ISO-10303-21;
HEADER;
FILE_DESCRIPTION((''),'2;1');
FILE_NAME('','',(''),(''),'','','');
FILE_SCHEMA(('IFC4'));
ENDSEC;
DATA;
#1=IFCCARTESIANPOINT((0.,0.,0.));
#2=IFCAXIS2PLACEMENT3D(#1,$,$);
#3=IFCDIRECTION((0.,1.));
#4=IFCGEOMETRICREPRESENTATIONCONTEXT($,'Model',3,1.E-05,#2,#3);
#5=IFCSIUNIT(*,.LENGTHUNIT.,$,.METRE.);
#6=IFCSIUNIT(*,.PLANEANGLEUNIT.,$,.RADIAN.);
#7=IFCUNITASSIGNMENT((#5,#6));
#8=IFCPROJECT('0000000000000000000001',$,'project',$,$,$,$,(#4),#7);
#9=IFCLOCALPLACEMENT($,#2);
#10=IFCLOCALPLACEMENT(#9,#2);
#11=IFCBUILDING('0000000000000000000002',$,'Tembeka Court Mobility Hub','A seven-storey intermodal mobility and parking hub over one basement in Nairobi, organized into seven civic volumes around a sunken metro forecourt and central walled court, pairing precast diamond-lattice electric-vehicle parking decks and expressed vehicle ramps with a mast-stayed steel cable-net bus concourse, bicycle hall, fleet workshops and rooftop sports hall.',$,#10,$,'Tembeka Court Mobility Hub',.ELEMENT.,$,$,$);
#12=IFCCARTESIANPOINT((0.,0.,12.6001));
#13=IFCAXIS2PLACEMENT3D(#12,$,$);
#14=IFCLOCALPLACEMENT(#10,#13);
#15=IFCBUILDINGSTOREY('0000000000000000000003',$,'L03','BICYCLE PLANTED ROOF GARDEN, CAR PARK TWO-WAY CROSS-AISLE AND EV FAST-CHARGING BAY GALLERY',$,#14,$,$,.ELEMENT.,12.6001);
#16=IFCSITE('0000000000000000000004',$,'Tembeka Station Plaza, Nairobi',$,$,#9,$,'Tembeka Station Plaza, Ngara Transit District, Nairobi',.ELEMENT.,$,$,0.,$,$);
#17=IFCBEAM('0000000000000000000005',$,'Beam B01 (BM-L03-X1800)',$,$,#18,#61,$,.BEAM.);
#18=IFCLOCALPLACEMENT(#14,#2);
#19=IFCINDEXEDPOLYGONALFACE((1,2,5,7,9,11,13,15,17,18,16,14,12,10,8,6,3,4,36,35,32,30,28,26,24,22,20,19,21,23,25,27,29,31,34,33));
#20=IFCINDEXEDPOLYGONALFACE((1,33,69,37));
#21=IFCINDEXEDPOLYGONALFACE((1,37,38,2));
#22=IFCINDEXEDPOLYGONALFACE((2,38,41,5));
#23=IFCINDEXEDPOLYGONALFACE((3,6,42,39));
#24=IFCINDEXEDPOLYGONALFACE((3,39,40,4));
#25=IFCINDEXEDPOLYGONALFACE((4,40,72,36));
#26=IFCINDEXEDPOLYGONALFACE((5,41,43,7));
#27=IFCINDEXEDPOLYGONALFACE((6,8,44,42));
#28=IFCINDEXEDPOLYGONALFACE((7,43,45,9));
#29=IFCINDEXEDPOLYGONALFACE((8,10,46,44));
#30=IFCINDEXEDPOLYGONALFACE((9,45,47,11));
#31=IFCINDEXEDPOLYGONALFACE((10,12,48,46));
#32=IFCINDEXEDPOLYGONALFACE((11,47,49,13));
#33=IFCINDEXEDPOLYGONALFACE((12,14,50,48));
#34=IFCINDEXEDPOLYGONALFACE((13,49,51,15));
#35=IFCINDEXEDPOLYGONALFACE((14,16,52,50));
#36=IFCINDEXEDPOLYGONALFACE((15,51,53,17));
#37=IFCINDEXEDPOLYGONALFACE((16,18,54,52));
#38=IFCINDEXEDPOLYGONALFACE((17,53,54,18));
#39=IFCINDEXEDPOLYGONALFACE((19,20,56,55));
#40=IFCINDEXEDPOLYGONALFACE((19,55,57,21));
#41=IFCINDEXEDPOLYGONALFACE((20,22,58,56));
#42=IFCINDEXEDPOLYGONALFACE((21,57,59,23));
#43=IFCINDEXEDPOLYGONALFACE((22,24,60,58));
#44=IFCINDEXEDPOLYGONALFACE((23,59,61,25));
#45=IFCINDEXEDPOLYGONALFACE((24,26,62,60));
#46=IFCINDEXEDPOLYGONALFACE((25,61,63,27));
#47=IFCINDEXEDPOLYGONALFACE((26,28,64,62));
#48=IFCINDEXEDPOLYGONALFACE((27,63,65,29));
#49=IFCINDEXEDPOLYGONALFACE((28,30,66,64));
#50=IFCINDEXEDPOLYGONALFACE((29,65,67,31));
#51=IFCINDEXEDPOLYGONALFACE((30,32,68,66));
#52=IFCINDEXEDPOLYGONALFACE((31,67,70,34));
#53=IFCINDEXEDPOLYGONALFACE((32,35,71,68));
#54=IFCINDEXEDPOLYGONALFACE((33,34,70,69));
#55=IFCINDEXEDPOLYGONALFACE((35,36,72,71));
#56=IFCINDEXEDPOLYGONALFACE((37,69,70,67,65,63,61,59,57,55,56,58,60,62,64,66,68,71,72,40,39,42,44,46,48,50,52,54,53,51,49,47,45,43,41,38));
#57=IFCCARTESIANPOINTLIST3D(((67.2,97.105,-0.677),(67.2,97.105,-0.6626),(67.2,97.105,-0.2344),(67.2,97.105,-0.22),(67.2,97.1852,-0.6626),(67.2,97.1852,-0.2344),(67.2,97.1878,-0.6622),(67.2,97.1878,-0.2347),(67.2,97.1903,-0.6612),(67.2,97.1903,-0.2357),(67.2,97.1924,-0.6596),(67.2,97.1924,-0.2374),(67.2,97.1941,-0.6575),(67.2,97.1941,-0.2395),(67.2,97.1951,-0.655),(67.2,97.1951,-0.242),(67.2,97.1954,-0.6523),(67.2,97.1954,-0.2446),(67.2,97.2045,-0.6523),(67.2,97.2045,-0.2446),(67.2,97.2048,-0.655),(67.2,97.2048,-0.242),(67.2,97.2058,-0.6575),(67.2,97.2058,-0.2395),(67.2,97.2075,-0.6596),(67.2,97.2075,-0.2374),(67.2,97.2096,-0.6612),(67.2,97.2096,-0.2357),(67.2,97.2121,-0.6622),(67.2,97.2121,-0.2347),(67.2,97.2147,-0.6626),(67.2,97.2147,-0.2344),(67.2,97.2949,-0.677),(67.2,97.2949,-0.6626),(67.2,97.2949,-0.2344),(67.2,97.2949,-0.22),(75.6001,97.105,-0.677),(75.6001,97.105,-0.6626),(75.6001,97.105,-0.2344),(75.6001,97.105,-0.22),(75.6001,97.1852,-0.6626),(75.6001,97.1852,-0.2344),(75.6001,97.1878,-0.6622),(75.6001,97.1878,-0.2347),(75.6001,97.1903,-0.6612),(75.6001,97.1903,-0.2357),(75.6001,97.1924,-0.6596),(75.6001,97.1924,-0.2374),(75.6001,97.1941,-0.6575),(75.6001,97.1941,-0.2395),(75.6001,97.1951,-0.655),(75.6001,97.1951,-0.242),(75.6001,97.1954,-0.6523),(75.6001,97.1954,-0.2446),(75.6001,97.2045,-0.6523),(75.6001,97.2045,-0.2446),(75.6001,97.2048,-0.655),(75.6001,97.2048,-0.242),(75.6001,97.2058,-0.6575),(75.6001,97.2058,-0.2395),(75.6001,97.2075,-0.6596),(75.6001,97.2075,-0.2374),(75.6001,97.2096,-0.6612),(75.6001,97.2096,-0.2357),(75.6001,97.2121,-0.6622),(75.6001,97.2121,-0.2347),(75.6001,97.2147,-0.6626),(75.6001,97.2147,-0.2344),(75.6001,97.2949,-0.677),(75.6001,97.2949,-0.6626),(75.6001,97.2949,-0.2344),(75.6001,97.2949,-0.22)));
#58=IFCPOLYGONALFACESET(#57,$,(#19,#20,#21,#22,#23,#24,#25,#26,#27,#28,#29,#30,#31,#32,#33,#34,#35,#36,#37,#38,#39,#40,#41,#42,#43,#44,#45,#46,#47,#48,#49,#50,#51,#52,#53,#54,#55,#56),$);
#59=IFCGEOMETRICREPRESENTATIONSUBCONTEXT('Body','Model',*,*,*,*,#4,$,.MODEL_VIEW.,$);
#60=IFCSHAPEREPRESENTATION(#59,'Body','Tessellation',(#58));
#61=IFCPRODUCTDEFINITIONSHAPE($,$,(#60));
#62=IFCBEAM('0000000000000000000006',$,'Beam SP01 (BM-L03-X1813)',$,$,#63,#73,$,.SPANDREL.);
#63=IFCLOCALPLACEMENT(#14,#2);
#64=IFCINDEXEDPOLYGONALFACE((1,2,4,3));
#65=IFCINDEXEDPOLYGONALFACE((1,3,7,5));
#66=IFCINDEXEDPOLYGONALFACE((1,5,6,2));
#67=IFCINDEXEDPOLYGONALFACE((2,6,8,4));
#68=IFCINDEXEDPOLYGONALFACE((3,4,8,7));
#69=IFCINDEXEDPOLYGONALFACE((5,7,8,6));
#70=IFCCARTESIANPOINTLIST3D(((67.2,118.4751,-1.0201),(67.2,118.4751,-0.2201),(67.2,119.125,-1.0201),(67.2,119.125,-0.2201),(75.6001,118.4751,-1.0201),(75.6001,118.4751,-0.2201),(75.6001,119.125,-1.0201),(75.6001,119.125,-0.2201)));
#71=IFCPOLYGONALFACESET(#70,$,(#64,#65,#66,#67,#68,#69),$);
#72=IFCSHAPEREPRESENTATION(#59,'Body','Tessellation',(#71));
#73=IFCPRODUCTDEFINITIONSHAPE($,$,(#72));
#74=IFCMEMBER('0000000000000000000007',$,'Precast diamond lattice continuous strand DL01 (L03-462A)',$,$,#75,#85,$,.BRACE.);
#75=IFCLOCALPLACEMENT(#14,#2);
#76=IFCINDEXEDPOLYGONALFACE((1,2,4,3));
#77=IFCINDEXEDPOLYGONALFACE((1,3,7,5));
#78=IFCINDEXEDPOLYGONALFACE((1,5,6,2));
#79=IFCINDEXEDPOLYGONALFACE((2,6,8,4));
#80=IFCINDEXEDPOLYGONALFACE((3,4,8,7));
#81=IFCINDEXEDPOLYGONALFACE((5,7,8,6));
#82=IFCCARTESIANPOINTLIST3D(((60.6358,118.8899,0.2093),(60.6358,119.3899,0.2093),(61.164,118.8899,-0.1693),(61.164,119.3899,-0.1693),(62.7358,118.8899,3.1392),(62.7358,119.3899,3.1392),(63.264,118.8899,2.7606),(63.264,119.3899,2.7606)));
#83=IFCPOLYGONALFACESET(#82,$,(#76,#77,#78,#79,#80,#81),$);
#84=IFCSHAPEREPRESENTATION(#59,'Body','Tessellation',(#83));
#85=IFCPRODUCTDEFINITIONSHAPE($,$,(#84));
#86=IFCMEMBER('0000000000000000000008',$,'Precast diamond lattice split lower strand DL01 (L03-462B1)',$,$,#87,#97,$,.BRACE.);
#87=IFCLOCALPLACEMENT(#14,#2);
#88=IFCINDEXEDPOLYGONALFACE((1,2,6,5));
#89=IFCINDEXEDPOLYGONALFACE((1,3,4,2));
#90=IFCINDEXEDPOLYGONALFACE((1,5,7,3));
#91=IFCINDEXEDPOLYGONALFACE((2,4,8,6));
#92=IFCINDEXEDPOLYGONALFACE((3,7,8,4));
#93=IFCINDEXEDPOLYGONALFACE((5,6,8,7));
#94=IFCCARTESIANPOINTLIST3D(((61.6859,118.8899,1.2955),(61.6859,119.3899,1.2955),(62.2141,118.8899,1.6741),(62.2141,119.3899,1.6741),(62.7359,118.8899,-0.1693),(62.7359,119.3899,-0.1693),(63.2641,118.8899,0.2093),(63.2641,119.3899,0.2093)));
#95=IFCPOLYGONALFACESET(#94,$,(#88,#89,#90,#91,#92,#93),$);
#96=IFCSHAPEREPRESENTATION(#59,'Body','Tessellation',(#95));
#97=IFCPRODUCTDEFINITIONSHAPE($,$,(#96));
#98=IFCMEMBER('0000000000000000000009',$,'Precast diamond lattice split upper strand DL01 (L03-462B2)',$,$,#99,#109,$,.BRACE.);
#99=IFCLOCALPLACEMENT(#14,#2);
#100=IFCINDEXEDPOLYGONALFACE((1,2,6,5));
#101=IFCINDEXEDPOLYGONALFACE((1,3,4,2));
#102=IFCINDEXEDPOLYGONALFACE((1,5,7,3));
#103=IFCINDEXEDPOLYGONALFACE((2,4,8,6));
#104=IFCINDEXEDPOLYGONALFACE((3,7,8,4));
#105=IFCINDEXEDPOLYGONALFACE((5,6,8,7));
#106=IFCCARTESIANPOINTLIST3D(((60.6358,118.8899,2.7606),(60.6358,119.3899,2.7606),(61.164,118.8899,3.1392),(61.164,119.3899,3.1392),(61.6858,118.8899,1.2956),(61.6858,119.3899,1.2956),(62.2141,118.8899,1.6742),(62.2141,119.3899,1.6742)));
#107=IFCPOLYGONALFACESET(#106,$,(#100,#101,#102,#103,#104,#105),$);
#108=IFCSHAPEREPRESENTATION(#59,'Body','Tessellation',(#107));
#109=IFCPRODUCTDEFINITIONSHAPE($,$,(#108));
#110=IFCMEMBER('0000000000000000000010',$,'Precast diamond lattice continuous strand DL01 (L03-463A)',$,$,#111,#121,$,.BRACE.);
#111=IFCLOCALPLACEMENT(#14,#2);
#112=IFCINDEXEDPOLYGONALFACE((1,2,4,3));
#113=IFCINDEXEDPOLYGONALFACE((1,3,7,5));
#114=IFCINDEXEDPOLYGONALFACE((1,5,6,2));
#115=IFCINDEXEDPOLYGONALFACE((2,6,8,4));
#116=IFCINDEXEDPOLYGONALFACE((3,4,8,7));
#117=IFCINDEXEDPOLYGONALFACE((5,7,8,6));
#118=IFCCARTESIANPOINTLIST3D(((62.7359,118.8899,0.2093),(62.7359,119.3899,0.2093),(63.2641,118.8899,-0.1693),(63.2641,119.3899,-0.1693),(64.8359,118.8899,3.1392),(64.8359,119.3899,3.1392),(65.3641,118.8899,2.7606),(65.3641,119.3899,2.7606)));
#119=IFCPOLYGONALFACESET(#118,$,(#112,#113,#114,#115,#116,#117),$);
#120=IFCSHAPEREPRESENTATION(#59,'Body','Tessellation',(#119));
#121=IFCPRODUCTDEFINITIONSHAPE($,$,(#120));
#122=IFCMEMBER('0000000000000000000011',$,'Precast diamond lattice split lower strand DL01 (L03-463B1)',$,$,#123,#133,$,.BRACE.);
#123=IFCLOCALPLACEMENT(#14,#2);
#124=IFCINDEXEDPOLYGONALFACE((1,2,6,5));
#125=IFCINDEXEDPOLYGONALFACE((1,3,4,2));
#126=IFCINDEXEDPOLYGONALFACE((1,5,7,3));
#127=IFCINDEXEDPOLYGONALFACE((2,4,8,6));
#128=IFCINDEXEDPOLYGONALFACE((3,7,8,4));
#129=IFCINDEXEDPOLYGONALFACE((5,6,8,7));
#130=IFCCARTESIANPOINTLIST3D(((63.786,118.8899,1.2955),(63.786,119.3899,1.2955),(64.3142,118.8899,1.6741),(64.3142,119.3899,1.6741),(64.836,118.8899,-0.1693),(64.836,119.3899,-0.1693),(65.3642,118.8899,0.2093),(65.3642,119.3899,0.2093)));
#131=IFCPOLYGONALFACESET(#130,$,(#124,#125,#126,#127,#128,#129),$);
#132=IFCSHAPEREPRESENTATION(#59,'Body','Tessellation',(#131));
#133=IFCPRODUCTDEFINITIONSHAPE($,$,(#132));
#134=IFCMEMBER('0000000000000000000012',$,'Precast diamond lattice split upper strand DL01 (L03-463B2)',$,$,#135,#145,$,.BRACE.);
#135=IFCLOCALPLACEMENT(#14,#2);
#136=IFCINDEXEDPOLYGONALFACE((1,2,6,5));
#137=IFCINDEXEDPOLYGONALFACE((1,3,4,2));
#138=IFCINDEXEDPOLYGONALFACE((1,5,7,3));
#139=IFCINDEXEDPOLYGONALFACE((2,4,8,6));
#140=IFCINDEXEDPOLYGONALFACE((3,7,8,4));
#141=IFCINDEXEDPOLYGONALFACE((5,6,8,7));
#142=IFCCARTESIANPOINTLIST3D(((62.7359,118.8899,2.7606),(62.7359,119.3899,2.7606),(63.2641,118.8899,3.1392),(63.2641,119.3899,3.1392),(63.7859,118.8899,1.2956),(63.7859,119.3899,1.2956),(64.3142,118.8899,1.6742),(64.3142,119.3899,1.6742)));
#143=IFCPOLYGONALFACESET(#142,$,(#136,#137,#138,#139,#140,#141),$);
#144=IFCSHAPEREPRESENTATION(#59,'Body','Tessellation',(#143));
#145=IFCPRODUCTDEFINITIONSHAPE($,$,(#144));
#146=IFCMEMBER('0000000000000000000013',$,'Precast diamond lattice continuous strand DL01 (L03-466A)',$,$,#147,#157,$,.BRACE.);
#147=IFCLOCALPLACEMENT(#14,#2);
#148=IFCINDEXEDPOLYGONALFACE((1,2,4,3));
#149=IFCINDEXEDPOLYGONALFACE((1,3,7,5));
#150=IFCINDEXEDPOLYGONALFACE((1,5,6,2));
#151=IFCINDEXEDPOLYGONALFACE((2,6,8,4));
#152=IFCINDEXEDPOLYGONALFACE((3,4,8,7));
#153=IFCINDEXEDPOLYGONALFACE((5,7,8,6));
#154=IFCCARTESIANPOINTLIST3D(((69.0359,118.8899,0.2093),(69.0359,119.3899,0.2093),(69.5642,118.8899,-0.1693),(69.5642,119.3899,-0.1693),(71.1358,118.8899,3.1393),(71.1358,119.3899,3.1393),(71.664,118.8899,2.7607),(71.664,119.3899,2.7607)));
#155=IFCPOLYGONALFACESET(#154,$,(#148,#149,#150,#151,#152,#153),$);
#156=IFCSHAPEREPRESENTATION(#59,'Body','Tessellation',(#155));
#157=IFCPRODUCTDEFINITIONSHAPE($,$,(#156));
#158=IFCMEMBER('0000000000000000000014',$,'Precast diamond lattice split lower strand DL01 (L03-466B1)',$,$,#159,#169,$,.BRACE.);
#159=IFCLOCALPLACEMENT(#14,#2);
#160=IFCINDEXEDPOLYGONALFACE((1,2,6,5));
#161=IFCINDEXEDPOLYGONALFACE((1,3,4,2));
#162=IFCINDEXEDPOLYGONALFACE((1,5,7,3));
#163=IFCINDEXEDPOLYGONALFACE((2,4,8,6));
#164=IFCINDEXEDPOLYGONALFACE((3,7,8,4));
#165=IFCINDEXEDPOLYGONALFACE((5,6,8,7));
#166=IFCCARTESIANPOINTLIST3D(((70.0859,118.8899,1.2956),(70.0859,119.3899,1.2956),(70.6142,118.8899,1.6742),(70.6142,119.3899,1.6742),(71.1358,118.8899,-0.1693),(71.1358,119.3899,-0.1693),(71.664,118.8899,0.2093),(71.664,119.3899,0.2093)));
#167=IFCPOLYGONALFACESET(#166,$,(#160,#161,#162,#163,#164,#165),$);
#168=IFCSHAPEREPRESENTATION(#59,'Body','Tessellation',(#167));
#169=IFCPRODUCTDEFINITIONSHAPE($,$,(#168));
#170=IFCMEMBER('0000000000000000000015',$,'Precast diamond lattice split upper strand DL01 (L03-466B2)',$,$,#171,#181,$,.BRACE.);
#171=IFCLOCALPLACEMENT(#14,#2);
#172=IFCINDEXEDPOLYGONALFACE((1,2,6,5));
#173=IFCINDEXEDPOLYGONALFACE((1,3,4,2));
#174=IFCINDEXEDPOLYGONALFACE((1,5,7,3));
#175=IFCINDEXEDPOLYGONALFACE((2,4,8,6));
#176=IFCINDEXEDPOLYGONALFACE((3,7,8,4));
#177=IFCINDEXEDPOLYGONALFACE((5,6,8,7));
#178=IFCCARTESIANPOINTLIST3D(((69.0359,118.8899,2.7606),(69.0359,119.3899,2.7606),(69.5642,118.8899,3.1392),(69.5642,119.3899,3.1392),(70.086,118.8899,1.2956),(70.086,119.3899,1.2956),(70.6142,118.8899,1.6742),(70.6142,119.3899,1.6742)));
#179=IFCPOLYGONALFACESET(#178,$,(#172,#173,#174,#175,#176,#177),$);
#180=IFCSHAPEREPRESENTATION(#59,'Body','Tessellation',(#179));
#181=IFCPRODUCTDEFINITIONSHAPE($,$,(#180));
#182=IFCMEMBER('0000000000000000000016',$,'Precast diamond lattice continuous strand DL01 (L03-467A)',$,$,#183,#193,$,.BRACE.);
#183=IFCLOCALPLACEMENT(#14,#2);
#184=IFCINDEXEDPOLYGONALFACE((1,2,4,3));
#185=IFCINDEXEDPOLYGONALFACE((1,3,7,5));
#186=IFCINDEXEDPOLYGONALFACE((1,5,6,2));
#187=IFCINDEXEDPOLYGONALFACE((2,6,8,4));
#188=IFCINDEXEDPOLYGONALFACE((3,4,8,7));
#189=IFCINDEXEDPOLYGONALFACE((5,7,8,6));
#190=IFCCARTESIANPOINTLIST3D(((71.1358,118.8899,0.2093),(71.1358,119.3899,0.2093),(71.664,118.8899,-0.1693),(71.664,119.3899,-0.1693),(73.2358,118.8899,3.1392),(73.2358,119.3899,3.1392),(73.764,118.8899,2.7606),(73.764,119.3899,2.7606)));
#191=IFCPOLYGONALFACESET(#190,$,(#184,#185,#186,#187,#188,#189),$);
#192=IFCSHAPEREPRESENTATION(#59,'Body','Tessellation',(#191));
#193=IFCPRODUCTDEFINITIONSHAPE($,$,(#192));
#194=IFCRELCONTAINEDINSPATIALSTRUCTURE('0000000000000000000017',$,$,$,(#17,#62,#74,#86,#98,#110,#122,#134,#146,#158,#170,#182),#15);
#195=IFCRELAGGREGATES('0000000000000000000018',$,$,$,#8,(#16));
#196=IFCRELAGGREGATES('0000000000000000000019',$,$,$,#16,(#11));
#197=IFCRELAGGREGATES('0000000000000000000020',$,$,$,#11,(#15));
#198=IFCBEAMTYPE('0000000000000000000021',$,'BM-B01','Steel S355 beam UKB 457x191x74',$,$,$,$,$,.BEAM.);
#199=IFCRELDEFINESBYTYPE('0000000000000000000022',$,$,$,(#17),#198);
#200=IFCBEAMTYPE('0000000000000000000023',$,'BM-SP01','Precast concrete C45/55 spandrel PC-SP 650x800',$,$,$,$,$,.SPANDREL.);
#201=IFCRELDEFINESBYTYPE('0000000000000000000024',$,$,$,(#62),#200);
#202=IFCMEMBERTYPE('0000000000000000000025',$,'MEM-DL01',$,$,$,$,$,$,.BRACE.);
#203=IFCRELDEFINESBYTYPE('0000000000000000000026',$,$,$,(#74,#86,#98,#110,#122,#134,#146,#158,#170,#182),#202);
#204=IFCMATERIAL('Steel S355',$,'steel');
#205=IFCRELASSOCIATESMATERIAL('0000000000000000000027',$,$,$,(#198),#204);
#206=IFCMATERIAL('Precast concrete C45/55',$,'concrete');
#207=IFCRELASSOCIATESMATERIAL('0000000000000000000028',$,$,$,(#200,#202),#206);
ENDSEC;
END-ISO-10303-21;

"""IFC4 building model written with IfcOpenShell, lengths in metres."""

from ifc_helpers import new_model, si_unit, direction, frame, origin, origin_2d, place, context, subcontext, project, spatial, rectangle, i_section, extrude, material, material_profile, profile_set, type_object, element, save


model = new_model("IFC4")

# Units and contexts
model_context = context("Model", 3, precision=1e-05, world=origin(), true_north=direction((0.0, 1.0)))
body_context = subcontext(model_context, "Body", "Model", "MODEL_VIEW")
ifc_project = project(units=[si_unit("LENGTHUNIT", "METRE"), si_unit("PLANEANGLEUNIT", "RADIAN")], contexts=[model_context])

# Site, building, storey
site_placement = place(None, origin())
site = spatial("IfcSite", under=ifc_project, at=site_placement, Name="Tembeka Station Plaza, Nairobi", LongName="Tembeka Station Plaza, Ngara Transit District, Nairobi", CompositionType="ELEMENT", RefElevation=0.0)
building_placement = place(site_placement, origin())
building = spatial("IfcBuilding", under=site, at=building_placement, Name="Tembeka Court Mobility Hub", Description="A seven-storey intermodal mobility and parking hub over one basement in Nairobi, organized into seven civic volumes around a sunken metro forecourt and central walled court, pairing precast diamond-lattice electric-vehicle parking decks and expressed vehicle ramps with a mast-stayed steel cable-net bus concourse, bicycle hall, fleet workshops and rooftop sports hall.", LongName="Tembeka Court Mobility Hub", CompositionType="ELEMENT")
storey_placement = place(building_placement, frame((0.0, 0.0, 12.6001)))
storey = spatial("IfcBuildingStorey", under=building, at=storey_placement, Name="L03", Description="BICYCLE PLANTED ROOF GARDEN, CAR PARK TWO-WAY CROSS-AISLE AND EV FAST-CHARGING BAY GALLERY", CompositionType="ELEMENT", Elevation=12.6001)

# Shared definitions
ifc_material_1 = material(Name="Steel S355", Category="steel")

# Beams
ifc_material_profile_1 = material_profile(ifc_material_1, i_section(OverallWidth=0.1899, OverallDepth=0.457, WebThickness=0.009, FlangeThickness=0.0144, FilletRadius=0.0103, at=origin_2d()), Name="UKB 457x191x74")
ifc_profile_set_1 = profile_set([ifc_material_profile_1], Name="Steel S355")
beam_type_1 = type_object("IfcBeamType", Name="BM-B01", Description="Steel S355 beam UKB 457x191x74", PredefinedType="BEAM", material=ifc_profile_set_1)
beam_1_placement = place(storey_placement, frame((67.2, 97.2, -0.4485), z_axis=(1.0, 0.0, 0.0), x_axis=(0.0, 1.0, 0.0)))
element("IfcBeam", 1, at=beam_1_placement, inside=storey, type_object=beam_type_1, Name="Beam B01 (BM-L03-X1800)", PredefinedType="BEAM", context=body_context, shape_type="SweptSolid", body=[
    extrude(i_section(OverallWidth=0.1899, OverallDepth=0.457, WebThickness=0.009, FlangeThickness=0.0144, FilletRadius=0.0103, at=origin_2d()), origin(), (0.0, 0.0, 1.0), 8.4001),
])
ifc_material_2 = material(Name="Precast concrete C45/55", Category="concrete")
ifc_material_profile_2 = material_profile(ifc_material_2, rectangle(XDim=0.6499, YDim=0.8, at=origin_2d()), Name="PC-SP 650x800")
ifc_profile_set_2 = profile_set([ifc_material_profile_2], Name="Precast concrete C45/55")
beam_type_2 = type_object("IfcBeamType", Name="BM-SP01", Description="Precast concrete C45/55 spandrel PC-SP 650x800", PredefinedType="SPANDREL", material=ifc_profile_set_2)
beam_2_placement = place(storey_placement, frame((67.2, 118.8, -0.6201), z_axis=(1.0, 0.0, 0.0), x_axis=(0.0, 1.0, 0.0)))
element("IfcBeam", 2, at=beam_2_placement, inside=storey, type_object=beam_type_2, Name="Beam SP01 (BM-L03-X1813)", PredefinedType="SPANDREL", context=body_context, shape_type="SweptSolid", body=[
    extrude(rectangle(XDim=0.6499, YDim=0.8, at=origin_2d()), origin(), (0.0, 0.0, 1.0), 8.4001),
])

# Members
ifc_material_profile_3 = material_profile(ifc_material_2, rectangle(XDim=0.5, YDim=0.6499, at=origin_2d()), Name="PC-DIAG 500x650")
ifc_profile_set_3 = profile_set([ifc_material_profile_3], Name="Precast concrete C45/55")
member_type_1 = type_object("IfcMemberType", Name="MEM-DL01", PredefinedType="BRACE", material=ifc_profile_set_3)
member_1_placement = place(storey_placement, frame((60.8999, 119.1399, 0.02), z_axis=(0.582576, 0.0, 0.812776), x_axis=(0.0, 1.0, 0.0)))
element("IfcMember", 3, at=member_1_placement, inside=storey, type_object=member_type_1, Name="Precast diamond lattice continuous strand DL01 (L03-462A)", PredefinedType="BRACE", context=body_context, shape_type="SweptSolid", body=[
    extrude(rectangle(XDim=0.5, YDim=0.6499, at=origin_2d()), origin(), (0.0, 0.0, 1.0), 3.6047),
])
member_2_placement = place(storey_placement, frame((63.0, 119.1399, 0.02), z_axis=(-0.582608, 0.0, 0.812753), x_axis=(0.0, -1.0, 0.0)))
element("IfcMember", 4, at=member_2_placement, inside=storey, type_object=member_type_1, Name="Precast diamond lattice split lower strand DL01 (L03-462B1)", PredefinedType="BRACE", context=body_context, shape_type="SweptSolid", body=[
    extrude(rectangle(XDim=0.5, YDim=0.6499, at=origin_2d()), origin(), (0.0, 0.0, 1.0), 1.8022),
])
member_3_placement = place(storey_placement, frame((61.95, 119.1399, 1.4849), z_axis=(-0.582544, 0.0, 0.812799), x_axis=(0.0, -1.0, 0.0)))
element("IfcMember", 5, at=member_3_placement, inside=storey, type_object=member_type_1, Name="Precast diamond lattice split upper strand DL01 (L03-462B2)", PredefinedType="BRACE", context=body_context, shape_type="SweptSolid", body=[
    extrude(rectangle(XDim=0.5, YDim=0.6499, at=origin_2d()), origin(), (0.0, 0.0, 1.0), 1.8025),
])
member_4_placement = place(storey_placement, frame((63.0, 119.1399, 0.02), z_axis=(0.582576, 0.0, 0.812776), x_axis=(0.0, 1.0, 0.0)))
element("IfcMember", 6, at=member_4_placement, inside=storey, type_object=member_type_1, Name="Precast diamond lattice continuous strand DL01 (L03-463A)", PredefinedType="BRACE", context=body_context, shape_type="SweptSolid", body=[
    extrude(rectangle(XDim=0.5, YDim=0.6499, at=origin_2d()), origin(), (0.0, 0.0, 1.0), 3.6047),
])
member_5_placement = place(storey_placement, frame((65.1001, 119.1399, 0.02), z_axis=(-0.582608, 0.0, 0.812753), x_axis=(0.0, -1.0, 0.0)))
element("IfcMember", 7, at=member_5_placement, inside=storey, type_object=member_type_1, Name="Precast diamond lattice split lower strand DL01 (L03-463B1)", PredefinedType="BRACE", context=body_context, shape_type="SweptSolid", body=[
    extrude(rectangle(XDim=0.5, YDim=0.6499, at=origin_2d()), origin(), (0.0, 0.0, 1.0), 1.8022),
])
member_6_placement = place(storey_placement, frame((64.05, 119.1399, 1.4849), z_axis=(-0.582544, 0.0, 0.812799), x_axis=(0.0, -1.0, 0.0)))
element("IfcMember", 8, at=member_6_placement, inside=storey, type_object=member_type_1, Name="Precast diamond lattice split upper strand DL01 (L03-463B2)", PredefinedType="BRACE", context=body_context, shape_type="SweptSolid", body=[
    extrude(rectangle(XDim=0.5, YDim=0.6499, at=origin_2d()), origin(), (0.0, 0.0, 1.0), 1.8025),
])
member_7_placement = place(storey_placement, frame((69.3, 119.1399, 0.02), z_axis=(0.582532, 0.0, 0.812808), x_axis=(0.0, 1.0, 0.0)))
element("IfcMember", 9, at=member_7_placement, inside=storey, type_object=member_type_1, Name="Precast diamond lattice continuous strand DL01 (L03-466A)", PredefinedType="BRACE", context=body_context, shape_type="SweptSolid", body=[
    extrude(rectangle(XDim=0.5, YDim=0.6499, at=origin_2d()), origin(), (0.0, 0.0, 1.0), 3.6047),
])
member_8_placement = place(storey_placement, frame((71.3999, 119.1399, 0.02), z_axis=(-0.582519, 0.0, 0.812817), x_axis=(0.0, -1.0, 0.0)))
element("IfcMember", 10, at=member_8_placement, inside=storey, type_object=member_type_1, Name="Precast diamond lattice split lower strand DL01 (L03-466B1)", PredefinedType="BRACE", context=body_context, shape_type="SweptSolid", body=[
    extrude(rectangle(XDim=0.5, YDim=0.6499, at=origin_2d()), origin(), (0.0, 0.0, 1.0), 1.8022),
])
member_9_placement = place(storey_placement, frame((70.3501, 119.1399, 1.4849), z_axis=(-0.582544, 0.0, 0.812799), x_axis=(0.0, -1.0, 0.0)))
element("IfcMember", 11, at=member_9_placement, inside=storey, type_object=member_type_1, Name="Precast diamond lattice split upper strand DL01 (L03-466B2)", PredefinedType="BRACE", context=body_context, shape_type="SweptSolid", body=[
    extrude(rectangle(XDim=0.5, YDim=0.6499, at=origin_2d()), origin(), (0.0, 0.0, 1.0), 1.8025),
])
member_10_placement = place(storey_placement, frame((71.3999, 119.1399, 0.02), z_axis=(0.582576, 0.0, 0.812776), x_axis=(0.0, 1.0, 0.0)))
element("IfcMember", 12, at=member_10_placement, inside=storey, type_object=member_type_1, Name="Precast diamond lattice continuous strand DL01 (L03-467A)", PredefinedType="BRACE", context=body_context, shape_type="SweptSolid", body=[
    extrude(rectangle(XDim=0.5, YDim=0.6499, at=origin_2d()), origin(), (0.0, 0.0, 1.0), 3.6047),
])

save(model, "model.ifc")
